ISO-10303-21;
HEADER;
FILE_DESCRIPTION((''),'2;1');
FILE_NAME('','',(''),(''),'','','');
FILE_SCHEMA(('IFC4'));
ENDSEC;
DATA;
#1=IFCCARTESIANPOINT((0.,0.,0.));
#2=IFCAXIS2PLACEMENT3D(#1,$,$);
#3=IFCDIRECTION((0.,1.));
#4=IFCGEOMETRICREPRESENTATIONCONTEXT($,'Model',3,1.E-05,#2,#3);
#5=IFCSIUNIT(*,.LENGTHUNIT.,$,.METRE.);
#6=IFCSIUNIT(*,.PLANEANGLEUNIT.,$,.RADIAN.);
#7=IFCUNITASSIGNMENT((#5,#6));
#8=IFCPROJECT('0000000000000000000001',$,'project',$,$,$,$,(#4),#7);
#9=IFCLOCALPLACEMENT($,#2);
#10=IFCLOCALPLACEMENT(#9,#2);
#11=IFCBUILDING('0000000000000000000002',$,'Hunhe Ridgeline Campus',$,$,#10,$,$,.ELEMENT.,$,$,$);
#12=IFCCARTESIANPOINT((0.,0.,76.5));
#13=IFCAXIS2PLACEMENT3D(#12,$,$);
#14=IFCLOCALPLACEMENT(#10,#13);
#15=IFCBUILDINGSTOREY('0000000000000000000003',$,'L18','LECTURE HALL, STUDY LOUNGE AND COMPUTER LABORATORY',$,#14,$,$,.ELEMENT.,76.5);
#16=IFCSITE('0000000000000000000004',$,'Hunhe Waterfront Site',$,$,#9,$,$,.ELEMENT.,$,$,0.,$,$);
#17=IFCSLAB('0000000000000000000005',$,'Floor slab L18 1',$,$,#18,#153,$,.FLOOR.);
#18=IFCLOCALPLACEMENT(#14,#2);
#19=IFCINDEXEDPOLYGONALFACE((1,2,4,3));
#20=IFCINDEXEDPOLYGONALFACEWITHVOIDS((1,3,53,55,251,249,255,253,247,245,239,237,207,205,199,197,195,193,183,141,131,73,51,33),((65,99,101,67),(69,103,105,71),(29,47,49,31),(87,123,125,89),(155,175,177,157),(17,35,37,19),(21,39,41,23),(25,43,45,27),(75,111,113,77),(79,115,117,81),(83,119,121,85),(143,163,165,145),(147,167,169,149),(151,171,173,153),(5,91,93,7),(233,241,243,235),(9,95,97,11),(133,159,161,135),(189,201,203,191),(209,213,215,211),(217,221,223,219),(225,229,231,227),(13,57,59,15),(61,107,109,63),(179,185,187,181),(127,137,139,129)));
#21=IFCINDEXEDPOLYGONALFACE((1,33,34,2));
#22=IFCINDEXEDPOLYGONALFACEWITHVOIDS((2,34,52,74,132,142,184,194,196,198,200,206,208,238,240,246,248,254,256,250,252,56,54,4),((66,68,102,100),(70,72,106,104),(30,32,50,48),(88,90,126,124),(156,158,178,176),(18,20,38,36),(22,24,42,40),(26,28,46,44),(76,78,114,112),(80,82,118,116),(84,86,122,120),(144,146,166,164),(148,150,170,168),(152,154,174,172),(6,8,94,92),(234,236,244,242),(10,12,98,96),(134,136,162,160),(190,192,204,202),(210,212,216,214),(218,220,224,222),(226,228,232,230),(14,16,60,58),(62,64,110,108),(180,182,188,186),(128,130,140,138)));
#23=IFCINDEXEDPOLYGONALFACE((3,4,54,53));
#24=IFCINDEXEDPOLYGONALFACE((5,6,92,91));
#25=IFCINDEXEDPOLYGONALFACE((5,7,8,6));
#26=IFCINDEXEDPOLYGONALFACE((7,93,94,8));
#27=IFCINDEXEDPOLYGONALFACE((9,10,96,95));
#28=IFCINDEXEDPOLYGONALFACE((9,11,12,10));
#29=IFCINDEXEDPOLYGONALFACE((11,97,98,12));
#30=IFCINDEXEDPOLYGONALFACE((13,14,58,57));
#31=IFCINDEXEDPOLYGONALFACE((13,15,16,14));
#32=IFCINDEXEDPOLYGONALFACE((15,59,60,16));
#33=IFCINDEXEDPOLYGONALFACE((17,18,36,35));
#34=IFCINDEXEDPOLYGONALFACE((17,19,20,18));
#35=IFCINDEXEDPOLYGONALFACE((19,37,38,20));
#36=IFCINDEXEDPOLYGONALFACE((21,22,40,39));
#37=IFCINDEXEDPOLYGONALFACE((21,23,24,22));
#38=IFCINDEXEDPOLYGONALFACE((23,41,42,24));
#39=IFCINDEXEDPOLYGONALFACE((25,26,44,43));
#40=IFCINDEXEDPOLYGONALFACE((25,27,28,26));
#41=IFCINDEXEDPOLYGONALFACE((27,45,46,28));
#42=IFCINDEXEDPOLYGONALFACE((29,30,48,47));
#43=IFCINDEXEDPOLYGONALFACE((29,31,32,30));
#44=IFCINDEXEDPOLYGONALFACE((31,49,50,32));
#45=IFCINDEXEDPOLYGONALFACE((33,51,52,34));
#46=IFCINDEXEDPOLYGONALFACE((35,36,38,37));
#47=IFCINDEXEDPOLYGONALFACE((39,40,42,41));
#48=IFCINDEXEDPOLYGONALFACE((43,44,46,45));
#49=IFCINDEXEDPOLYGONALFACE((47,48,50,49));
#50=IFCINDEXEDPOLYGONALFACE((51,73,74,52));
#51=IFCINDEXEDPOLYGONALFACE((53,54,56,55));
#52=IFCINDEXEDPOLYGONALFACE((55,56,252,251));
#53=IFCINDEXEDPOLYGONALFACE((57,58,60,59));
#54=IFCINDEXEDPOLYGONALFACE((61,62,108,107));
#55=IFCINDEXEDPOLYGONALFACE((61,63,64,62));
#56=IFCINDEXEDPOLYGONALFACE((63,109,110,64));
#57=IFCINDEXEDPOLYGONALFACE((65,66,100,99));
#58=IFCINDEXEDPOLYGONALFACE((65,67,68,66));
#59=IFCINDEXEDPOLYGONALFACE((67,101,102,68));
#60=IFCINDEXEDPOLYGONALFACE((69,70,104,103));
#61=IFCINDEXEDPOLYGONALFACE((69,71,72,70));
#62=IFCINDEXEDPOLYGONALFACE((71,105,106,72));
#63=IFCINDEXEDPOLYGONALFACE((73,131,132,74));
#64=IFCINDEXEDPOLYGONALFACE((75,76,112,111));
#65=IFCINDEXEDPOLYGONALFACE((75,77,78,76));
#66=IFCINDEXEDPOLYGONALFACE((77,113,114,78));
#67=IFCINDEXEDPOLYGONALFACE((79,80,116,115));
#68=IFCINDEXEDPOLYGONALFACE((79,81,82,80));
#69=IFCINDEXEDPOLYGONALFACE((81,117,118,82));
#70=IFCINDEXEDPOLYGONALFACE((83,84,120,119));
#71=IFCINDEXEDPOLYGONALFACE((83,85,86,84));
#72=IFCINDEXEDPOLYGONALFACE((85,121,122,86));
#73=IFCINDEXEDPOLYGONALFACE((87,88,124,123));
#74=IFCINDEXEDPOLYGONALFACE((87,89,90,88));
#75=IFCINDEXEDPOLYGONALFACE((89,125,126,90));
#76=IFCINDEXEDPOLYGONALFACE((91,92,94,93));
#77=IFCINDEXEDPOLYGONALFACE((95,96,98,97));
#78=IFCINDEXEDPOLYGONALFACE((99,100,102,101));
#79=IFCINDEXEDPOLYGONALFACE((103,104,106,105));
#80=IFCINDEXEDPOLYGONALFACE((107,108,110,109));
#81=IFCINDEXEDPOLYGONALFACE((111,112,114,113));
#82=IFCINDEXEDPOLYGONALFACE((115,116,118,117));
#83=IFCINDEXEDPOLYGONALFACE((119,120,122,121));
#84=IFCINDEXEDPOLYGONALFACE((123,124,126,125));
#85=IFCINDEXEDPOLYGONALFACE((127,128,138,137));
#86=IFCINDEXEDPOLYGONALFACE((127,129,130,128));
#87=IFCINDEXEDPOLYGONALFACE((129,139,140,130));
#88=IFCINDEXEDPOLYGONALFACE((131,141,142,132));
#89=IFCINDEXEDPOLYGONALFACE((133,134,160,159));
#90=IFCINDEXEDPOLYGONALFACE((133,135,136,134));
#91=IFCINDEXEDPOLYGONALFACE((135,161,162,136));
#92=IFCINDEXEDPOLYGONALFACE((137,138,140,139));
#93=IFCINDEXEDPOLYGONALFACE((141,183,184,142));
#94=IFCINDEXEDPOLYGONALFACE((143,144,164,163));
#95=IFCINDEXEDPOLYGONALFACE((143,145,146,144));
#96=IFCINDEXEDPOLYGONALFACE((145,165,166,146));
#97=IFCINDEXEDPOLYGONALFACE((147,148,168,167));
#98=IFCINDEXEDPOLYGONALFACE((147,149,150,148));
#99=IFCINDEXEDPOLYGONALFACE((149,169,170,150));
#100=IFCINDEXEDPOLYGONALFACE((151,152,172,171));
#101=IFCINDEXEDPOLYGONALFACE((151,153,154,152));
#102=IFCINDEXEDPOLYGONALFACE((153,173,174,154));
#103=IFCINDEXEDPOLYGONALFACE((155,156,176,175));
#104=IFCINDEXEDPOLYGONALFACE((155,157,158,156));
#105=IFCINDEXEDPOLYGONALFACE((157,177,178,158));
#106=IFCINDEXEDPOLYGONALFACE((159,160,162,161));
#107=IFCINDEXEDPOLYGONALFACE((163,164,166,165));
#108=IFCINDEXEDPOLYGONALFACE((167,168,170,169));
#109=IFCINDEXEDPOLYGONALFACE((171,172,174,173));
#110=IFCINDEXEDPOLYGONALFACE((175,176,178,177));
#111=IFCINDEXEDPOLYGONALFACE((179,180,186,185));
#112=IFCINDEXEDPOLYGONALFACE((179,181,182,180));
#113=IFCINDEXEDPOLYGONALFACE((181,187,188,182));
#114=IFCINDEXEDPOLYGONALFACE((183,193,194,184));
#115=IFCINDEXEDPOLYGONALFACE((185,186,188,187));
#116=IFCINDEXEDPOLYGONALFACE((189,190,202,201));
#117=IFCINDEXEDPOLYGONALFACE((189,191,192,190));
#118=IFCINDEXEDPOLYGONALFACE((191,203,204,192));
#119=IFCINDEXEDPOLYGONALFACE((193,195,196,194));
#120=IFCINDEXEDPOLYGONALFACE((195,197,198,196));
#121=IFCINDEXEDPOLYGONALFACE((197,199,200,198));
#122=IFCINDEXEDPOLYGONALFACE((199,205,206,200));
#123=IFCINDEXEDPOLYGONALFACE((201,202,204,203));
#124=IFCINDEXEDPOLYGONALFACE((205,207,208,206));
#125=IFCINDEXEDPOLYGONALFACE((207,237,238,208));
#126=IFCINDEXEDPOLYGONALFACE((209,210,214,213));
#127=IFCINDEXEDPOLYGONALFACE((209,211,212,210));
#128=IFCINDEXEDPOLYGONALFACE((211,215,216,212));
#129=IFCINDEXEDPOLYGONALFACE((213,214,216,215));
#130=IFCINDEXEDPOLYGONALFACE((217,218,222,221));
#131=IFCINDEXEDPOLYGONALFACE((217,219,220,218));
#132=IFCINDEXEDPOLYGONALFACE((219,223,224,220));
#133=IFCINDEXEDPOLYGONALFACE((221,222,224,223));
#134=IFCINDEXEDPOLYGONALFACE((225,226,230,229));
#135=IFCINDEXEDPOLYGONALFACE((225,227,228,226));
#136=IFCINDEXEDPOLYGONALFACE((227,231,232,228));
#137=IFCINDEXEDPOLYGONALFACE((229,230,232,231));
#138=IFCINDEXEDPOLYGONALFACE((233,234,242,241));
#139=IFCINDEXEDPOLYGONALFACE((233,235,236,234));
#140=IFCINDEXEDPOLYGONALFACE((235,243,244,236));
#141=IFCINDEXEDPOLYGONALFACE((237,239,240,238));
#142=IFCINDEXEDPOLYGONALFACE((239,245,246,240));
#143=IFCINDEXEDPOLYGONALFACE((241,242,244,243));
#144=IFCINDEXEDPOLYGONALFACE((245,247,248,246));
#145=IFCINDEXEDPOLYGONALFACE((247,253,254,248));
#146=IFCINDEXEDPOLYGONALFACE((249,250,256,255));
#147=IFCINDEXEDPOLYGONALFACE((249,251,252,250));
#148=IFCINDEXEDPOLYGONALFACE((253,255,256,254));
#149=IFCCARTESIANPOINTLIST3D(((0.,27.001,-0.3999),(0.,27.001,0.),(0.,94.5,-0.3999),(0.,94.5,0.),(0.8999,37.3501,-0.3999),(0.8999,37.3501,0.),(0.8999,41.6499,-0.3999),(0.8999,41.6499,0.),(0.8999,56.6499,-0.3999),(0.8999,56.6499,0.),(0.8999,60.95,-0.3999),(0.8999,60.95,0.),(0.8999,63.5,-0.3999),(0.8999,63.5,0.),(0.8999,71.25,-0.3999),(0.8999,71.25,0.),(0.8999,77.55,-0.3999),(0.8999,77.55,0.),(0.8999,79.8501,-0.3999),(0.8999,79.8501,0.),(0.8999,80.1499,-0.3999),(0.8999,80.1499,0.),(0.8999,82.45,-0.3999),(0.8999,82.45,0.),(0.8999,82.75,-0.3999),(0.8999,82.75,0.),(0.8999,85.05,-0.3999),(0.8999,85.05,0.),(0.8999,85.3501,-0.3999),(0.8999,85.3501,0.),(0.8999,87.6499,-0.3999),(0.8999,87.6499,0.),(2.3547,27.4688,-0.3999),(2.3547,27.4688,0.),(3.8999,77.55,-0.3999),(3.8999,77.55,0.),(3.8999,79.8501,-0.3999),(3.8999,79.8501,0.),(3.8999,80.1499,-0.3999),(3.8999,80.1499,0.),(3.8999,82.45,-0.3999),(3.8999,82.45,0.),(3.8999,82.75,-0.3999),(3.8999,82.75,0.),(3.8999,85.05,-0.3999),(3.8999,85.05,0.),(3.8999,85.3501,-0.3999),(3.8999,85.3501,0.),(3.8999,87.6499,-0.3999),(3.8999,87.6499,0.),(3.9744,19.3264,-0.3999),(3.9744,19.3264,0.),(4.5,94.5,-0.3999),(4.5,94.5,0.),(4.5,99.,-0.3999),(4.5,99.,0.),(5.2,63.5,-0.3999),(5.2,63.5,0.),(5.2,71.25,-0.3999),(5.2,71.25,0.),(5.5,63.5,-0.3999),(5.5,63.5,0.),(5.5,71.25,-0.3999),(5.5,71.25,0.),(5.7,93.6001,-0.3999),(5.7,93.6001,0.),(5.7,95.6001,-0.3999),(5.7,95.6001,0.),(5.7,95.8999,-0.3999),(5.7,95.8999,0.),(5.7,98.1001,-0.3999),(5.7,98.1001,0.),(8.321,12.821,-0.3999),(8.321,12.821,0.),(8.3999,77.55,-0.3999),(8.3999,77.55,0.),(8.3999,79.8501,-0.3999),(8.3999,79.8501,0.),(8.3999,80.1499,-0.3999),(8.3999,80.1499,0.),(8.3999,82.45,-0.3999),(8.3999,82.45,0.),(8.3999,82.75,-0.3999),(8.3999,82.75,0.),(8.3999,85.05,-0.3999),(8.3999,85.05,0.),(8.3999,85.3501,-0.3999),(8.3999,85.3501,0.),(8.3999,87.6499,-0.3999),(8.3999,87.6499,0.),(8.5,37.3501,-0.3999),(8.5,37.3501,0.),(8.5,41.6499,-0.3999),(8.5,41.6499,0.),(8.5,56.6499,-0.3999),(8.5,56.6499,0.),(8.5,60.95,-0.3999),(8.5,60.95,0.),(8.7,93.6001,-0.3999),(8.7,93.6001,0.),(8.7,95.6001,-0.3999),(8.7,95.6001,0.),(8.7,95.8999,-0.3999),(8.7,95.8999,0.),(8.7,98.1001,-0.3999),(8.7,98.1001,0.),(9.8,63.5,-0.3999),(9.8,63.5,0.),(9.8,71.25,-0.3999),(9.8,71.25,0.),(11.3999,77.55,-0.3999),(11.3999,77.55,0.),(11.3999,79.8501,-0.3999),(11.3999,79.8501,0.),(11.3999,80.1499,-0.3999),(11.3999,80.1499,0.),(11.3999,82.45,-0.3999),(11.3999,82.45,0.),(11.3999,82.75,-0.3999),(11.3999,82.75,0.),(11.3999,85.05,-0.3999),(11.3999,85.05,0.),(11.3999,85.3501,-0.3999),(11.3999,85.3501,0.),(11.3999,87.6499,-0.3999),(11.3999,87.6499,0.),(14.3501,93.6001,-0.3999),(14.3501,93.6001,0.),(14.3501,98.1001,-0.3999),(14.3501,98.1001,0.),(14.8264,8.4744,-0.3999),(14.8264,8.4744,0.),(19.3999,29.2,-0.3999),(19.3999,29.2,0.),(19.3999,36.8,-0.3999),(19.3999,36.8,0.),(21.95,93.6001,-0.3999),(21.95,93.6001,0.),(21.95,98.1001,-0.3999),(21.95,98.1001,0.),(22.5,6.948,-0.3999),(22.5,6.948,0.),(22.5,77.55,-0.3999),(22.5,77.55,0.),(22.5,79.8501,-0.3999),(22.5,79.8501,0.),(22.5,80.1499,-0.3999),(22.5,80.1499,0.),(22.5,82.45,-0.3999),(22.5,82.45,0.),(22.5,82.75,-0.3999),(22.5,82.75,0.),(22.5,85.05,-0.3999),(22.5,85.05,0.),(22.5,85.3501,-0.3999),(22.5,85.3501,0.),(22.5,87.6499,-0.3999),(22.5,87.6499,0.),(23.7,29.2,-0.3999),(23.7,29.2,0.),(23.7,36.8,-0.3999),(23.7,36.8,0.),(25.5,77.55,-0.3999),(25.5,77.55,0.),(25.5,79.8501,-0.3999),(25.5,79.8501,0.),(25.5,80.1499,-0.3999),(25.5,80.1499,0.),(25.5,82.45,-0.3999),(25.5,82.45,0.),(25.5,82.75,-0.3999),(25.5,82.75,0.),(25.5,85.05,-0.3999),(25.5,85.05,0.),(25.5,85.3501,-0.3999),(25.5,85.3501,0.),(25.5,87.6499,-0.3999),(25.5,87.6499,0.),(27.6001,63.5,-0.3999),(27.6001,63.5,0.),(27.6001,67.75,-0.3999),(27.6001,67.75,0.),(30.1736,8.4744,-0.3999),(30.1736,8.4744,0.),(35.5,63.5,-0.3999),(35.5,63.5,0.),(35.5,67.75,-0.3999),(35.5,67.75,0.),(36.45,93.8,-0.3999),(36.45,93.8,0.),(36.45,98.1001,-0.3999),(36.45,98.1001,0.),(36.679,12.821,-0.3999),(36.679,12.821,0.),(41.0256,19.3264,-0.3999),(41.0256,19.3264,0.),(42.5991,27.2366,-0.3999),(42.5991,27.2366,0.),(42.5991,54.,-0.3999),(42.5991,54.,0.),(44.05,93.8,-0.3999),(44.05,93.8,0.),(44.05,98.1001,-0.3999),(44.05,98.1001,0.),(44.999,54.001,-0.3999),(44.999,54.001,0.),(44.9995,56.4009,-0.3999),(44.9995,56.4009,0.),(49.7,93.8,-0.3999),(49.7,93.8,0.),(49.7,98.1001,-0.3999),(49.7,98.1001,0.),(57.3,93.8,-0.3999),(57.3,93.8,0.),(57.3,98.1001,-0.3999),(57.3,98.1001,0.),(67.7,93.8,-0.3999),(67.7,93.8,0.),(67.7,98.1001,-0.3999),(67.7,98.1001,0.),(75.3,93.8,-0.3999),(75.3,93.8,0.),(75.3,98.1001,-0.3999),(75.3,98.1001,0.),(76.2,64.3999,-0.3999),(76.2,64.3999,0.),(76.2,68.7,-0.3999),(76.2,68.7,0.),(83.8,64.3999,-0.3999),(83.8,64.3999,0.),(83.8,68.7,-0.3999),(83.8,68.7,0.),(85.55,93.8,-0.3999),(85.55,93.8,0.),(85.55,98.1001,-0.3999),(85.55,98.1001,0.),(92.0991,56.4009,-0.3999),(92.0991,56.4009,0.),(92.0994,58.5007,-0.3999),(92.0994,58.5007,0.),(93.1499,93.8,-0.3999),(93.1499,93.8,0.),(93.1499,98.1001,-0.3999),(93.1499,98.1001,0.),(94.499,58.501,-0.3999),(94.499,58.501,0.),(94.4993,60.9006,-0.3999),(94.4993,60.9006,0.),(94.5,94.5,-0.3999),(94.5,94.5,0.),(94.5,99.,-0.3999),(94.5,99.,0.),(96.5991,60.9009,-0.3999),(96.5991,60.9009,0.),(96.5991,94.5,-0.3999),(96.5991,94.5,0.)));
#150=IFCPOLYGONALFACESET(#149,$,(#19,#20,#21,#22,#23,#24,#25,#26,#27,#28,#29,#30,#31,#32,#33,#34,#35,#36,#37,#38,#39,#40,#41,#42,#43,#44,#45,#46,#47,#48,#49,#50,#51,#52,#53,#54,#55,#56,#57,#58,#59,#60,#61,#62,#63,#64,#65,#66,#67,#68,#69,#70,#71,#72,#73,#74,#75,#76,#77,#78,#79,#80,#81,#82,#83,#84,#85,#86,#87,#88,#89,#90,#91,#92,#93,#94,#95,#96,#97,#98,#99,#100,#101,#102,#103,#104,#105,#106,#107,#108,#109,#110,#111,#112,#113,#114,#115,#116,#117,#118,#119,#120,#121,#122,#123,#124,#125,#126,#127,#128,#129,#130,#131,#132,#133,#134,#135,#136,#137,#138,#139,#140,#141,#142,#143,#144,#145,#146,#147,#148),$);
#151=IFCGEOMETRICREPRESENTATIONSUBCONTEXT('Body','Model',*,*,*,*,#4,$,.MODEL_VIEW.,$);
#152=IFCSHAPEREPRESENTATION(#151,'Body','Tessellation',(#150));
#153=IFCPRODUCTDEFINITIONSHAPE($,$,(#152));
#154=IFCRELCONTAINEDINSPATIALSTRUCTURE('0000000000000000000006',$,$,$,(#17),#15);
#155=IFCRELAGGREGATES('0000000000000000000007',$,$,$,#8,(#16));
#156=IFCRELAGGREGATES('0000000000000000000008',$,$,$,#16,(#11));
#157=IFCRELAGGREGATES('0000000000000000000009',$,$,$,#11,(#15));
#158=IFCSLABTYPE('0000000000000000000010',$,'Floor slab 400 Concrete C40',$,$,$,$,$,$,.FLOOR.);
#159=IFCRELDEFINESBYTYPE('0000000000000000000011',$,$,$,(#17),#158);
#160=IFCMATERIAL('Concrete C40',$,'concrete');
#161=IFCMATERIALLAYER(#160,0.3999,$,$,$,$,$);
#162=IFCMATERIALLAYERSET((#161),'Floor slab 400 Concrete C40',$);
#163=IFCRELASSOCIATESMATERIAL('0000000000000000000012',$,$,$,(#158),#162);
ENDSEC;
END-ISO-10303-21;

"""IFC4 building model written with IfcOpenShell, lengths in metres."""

from ifc_helpers import new_model, si_unit, direction, frame, origin, place, context, subcontext, project, spatial, polyline, outline, extrude, material, layer, layer_set, type_object, element, save


model = new_model("IFC4")

# Units and contexts
model_context = context("Model", 3, precision=1e-05, world=origin(), true_north=direction((0.0, 1.0)))
body_context = subcontext(model_context, "Body", "Model", "MODEL_VIEW")
ifc_project = project(units=[si_unit("LENGTHUNIT", "METRE"), si_unit("PLANEANGLEUNIT", "RADIAN")], contexts=[model_context])

# Site, building, storey
site_placement = place(None, origin())
site = spatial("IfcSite", under=ifc_project, at=site_placement, Name="Hunhe Waterfront Site", CompositionType="ELEMENT", RefElevation=0.0)
building_placement = place(site_placement, origin())
building = spatial("IfcBuilding", under=site, at=building_placement, Name="Hunhe Ridgeline Campus", CompositionType="ELEMENT")
storey_placement = place(building_placement, frame((0.0, 0.0, 76.5)))
storey = spatial("IfcBuildingStorey", under=building, at=storey_placement, Name="L18", Description="LECTURE HALL, STUDY LOUNGE AND COMPUTER LABORATORY", CompositionType="ELEMENT", Elevation=76.5)

# Slab
ifc_material_1 = material(Name="Concrete C40", Category="concrete")
ifc_layer_1 = layer(ifc_material_1, 0.3999)
ifc_layer_set_1 = layer_set([ifc_layer_1], Name="Floor slab 400 Concrete C40")
slab_type_1 = type_object("IfcSlabType", Name="Floor slab 400 Concrete C40", PredefinedType="FLOOR", material=ifc_layer_set_1)
slab_1_placement = place(storey_placement, frame((0.0, 0.0, -0.3999)))
element("IfcSlab", 1, at=slab_1_placement, inside=storey, type_object=slab_type_1, Name="Floor slab L18 1", PredefinedType="FLOOR", context=body_context, shape_type="SweptSolid", body=[
    extrude(outline(polyline([(4.5, 94.5), (0.0, 94.5), (0.0, 27.001), (2.3547, 27.4688), (3.9744, 19.3264), (8.321, 12.821), (14.8264, 8.4744), (22.5, 6.948), (30.1736, 8.4744), (36.679, 12.821), (41.0256, 19.3264), (42.5991, 27.2366), (42.5991, 54.0), (44.999, 54.001), (44.9995, 56.4009), (92.0991, 56.4009), (92.0994, 58.5007), (94.499, 58.501), (94.4993, 60.9006), (96.5991, 60.9009), (96.5991, 94.5), (94.5, 94.5), (94.5, 99.0), (4.5, 99.0), (4.5, 94.5)]), holes=[polyline([(93.1499, 93.8), (93.1499, 98.1001), (85.55, 98.1001), (85.55, 93.8), (93.1499, 93.8)]), polyline([(76.2, 68.7), (76.2, 64.3999), (83.8, 64.3999), (83.8, 68.7), (76.2, 68.7)]), polyline([(75.3, 98.1001), (67.7, 98.1001), (67.7, 93.8), (75.3, 93.8), (75.3, 98.1001)]), polyline([(49.7, 98.1001), (49.7, 93.8), (57.3, 93.8), (57.3, 98.1001), (49.7, 98.1001)]), polyline([(36.45, 93.8), (44.05, 93.8), (44.05, 98.1001), (36.45, 98.1001), (36.45, 93.8)]), polyline([(35.5, 63.5), (35.5, 67.75), (27.6001, 67.75), (27.6001, 63.5), (35.5, 63.5)]), polyline([(25.5, 80.1499), (25.5, 82.45), (22.5, 82.45), (22.5, 80.1499), (25.5, 80.1499)]), polyline([(25.5, 79.8501), (22.5, 79.8501), (22.5, 77.55), (25.5, 77.55), (25.5, 79.8501)]), polyline([(22.5, 87.6499), (22.5, 85.3501), (25.5, 85.3501), (25.5, 87.6499), (22.5, 87.6499)]), polyline([(22.5, 82.75), (25.5, 82.75), (25.5, 85.05), (22.5, 85.05), (22.5, 82.75)]), polyline([(23.7, 29.2), (23.7, 36.8), (19.3999, 36.8), (19.3999, 29.2), (23.7, 29.2)]), polyline([(14.3501, 93.6001), (21.95, 93.6001), (21.95, 98.1001), (14.3501, 98.1001), (14.3501, 93.6001)]), polyline([(11.3999, 79.8501), (8.3999, 79.8501), (8.3999, 77.55), (11.3999, 77.55), (11.3999, 79.8501)]), polyline([(11.3999, 80.1499), (11.3999, 82.45), (8.3999, 82.45), (8.3999, 80.1499), (11.3999, 80.1499)]), polyline([(8.3999, 87.6499), (8.3999, 85.3501), (11.3999, 85.3501), (11.3999, 87.6499), (8.3999, 87.6499)]), polyline([(8.3999, 82.75), (11.3999, 82.75), (11.3999, 85.05), (8.3999, 85.05), (8.3999, 82.75)]), polyline([(9.8, 71.25), (5.5, 71.25), (5.5, 63.5), (9.8, 63.5), (9.8, 71.25)]), polyline([(8.7, 95.8999), (8.7, 98.1001), (5.7, 98.1001), (5.7, 95.8999), (8.7, 95.8999)]), polyline([(8.7, 95.6001), (5.7, 95.6001), (5.7, 93.6001), (8.7, 93.6001), (8.7, 95.6001)]), polyline([(0.8999, 37.3501), (8.5, 37.3501), (8.5, 41.6499), (0.8999, 41.6499), (0.8999, 37.3501)]), polyline([(0.8999, 60.95), (0.8999, 56.6499), (8.5, 56.6499), (8.5, 60.95), (0.8999, 60.95)]), polyline([(0.8999, 71.25), (0.8999, 63.5), (5.2, 63.5), (5.2, 71.25), (0.8999, 71.25)]), polyline([(3.8999, 80.1499), (3.8999, 82.45), (0.8999, 82.45), (0.8999, 80.1499), (3.8999, 80.1499)]), polyline([(3.8999, 79.8501), (0.8999, 79.8501), (0.8999, 77.55), (3.8999, 77.55), (3.8999, 79.8501)]), polyline([(0.8999, 87.6499), (0.8999, 85.3501), (3.8999, 85.3501), (3.8999, 87.6499), (0.8999, 87.6499)]), polyline([(0.8999, 82.75), (3.8999, 82.75), (3.8999, 85.05), (0.8999, 85.05), (0.8999, 82.75)])]), origin(), (0.0, 0.0, 1.0), 0.3999),
])

save(model, "model.ifc")
